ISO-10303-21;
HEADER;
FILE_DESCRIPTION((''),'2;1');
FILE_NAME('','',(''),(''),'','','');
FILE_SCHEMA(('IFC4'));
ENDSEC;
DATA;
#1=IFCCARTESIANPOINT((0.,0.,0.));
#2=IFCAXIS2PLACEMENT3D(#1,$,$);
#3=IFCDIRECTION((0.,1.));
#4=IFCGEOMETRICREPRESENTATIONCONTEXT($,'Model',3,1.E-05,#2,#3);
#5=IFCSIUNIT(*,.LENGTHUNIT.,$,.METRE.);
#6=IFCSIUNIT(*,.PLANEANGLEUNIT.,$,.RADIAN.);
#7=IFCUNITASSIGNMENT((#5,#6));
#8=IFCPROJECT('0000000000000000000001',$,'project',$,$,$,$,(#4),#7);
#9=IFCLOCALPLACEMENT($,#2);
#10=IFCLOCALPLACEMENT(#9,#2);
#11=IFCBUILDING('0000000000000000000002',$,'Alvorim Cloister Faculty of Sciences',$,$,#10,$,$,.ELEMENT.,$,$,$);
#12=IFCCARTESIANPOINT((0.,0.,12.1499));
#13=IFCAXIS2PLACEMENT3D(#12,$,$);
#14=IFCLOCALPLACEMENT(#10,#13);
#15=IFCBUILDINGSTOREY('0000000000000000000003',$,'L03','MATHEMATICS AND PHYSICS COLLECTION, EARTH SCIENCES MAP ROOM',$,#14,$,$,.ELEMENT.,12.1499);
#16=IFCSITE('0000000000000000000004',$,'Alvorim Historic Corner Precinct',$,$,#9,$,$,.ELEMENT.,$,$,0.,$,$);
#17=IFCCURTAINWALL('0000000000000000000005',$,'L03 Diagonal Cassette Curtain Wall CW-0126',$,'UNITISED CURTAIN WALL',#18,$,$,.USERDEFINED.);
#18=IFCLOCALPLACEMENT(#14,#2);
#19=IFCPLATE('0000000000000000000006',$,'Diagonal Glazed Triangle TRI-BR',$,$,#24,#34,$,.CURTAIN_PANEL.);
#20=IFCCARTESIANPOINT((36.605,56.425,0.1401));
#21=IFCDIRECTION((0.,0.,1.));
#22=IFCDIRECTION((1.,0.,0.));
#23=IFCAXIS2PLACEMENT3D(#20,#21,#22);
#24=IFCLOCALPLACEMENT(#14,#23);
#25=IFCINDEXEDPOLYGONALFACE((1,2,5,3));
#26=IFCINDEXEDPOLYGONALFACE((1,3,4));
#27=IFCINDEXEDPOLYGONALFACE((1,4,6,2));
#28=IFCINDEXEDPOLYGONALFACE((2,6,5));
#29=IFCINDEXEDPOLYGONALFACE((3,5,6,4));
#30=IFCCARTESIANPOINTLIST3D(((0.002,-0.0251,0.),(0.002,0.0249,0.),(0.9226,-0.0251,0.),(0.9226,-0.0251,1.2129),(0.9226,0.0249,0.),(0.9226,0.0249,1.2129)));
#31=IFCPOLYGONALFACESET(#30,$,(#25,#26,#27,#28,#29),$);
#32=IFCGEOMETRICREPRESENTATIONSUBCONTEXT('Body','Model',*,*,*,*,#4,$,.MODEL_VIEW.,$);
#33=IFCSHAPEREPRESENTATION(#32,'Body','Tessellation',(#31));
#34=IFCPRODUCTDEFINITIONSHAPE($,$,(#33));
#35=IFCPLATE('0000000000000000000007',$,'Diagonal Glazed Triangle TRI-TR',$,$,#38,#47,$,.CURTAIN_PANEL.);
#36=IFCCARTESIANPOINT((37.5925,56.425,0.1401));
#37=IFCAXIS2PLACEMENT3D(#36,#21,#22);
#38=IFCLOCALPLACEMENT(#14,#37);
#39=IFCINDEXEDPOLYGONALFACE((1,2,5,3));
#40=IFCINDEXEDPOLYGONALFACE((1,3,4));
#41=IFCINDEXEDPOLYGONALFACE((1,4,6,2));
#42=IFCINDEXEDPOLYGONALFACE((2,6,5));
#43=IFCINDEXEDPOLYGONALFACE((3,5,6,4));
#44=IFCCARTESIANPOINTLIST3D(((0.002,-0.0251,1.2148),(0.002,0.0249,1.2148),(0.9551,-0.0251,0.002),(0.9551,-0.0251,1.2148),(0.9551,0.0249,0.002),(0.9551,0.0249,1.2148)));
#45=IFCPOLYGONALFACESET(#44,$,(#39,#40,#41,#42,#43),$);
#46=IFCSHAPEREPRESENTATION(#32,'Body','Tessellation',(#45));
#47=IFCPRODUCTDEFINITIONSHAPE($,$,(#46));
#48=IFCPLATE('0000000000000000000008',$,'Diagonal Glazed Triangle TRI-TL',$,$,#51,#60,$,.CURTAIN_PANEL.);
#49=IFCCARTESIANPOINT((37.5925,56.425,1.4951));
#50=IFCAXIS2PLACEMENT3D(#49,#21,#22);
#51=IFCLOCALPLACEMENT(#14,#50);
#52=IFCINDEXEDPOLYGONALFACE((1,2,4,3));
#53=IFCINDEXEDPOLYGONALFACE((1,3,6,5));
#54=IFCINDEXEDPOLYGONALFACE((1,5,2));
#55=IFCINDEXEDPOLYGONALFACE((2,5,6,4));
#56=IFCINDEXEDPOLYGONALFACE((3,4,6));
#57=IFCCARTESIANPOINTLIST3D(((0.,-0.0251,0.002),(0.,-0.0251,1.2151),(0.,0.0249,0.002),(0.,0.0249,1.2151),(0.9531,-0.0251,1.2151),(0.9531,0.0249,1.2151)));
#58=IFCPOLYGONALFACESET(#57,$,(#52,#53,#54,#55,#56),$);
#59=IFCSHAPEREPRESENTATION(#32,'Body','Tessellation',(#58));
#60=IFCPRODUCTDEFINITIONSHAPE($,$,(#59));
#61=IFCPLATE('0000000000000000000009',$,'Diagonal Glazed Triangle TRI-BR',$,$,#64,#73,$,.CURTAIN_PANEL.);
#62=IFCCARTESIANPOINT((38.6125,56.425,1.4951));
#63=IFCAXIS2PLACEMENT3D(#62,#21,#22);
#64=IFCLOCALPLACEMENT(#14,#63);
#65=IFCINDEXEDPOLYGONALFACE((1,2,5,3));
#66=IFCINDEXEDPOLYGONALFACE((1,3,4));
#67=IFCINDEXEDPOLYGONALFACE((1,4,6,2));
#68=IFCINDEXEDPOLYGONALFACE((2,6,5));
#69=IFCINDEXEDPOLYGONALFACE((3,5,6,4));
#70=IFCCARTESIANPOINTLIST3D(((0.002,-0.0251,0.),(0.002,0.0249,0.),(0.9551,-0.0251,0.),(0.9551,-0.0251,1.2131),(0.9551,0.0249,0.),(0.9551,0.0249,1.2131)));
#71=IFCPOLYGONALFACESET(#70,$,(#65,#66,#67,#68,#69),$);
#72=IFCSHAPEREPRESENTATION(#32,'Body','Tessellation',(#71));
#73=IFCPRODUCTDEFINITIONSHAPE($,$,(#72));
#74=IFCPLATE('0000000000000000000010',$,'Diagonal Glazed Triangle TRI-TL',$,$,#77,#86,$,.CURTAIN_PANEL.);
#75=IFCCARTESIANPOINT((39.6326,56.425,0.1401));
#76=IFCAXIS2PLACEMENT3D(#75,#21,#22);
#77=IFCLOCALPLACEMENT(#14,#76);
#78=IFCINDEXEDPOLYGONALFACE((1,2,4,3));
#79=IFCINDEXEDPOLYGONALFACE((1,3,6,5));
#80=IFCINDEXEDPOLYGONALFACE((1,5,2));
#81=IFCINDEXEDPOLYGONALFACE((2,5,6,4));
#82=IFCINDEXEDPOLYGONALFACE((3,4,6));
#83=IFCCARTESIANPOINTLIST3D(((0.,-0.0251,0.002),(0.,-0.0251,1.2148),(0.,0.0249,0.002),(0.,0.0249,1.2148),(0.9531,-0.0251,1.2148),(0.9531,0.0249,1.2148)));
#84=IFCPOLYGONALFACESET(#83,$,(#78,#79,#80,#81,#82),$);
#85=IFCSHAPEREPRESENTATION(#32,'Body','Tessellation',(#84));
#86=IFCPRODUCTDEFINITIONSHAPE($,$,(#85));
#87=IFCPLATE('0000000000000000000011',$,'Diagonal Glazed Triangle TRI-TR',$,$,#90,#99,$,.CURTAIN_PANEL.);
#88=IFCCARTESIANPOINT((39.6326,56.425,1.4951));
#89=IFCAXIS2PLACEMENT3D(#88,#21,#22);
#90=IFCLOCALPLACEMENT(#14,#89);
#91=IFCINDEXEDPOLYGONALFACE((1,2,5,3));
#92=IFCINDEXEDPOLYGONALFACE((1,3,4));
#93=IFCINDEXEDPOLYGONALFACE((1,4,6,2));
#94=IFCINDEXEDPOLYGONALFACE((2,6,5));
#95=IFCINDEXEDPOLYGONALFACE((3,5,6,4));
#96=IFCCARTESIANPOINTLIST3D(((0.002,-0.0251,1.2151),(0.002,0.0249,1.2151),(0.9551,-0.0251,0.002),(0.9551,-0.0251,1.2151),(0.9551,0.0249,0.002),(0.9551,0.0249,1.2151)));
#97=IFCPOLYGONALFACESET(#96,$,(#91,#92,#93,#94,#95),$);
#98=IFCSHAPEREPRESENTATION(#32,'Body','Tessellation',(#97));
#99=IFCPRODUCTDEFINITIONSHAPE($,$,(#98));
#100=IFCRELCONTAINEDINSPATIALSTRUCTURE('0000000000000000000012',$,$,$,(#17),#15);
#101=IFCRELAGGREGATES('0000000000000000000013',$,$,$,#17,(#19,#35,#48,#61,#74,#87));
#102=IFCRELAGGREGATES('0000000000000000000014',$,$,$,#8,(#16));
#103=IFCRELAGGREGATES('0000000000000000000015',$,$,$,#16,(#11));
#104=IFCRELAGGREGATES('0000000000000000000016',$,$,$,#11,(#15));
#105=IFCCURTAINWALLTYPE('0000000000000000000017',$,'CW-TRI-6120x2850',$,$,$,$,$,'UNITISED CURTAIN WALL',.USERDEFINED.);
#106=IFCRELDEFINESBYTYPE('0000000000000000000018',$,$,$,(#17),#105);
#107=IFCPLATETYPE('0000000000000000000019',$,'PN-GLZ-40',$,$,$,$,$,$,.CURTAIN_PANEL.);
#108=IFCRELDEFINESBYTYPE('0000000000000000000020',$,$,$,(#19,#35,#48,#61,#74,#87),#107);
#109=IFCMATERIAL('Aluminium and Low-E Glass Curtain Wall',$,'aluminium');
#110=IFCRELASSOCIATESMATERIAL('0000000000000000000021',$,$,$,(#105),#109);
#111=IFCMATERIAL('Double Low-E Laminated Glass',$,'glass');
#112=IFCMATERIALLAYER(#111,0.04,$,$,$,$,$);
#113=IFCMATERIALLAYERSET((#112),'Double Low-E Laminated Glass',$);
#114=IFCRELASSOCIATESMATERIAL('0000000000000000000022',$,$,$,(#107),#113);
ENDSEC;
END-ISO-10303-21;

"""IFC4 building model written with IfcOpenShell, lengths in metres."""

from ifc_helpers import new_model, si_unit, direction, frame, origin, place, context, subcontext, project, spatial, polyline, outline, extrude, material, layer, layer_set, type_object, element, aggregate, save


model = new_model("IFC4")

# Units and contexts
model_context = context("Model", 3, precision=1e-05, world=origin(), true_north=direction((0.0, 1.0)))
body_context = subcontext(model_context, "Body", "Model", "MODEL_VIEW")
ifc_project = project(units=[si_unit("LENGTHUNIT", "METRE"), si_unit("PLANEANGLEUNIT", "RADIAN")], contexts=[model_context])

# Site, building, storey
site_placement = place(None, origin())
site = spatial("IfcSite", under=ifc_project, at=site_placement, Name="Alvorim Historic Corner Precinct", CompositionType="ELEMENT", RefElevation=0.0)
building_placement = place(site_placement, origin())
building = spatial("IfcBuilding", under=site, at=building_placement, Name="Alvorim Cloister Faculty of Sciences", CompositionType="ELEMENT")
storey_placement = place(building_placement, frame((0.0, 0.0, 12.1499)))
storey = spatial("IfcBuildingStorey", under=building, at=storey_placement, Name="L03", Description="MATHEMATICS AND PHYSICS COLLECTION, EARTH SCIENCES MAP ROOM", CompositionType="ELEMENT", Elevation=12.1499)

# Curtain wall, plates
ifc_material_1 = material(Name="Aluminium and Low-E Glass Curtain Wall", Category="aluminium")
curtain_wall_type = type_object("IfcCurtainWallType", Name="CW-TRI-6120x2850", ElementType="UNITISED CURTAIN WALL", PredefinedType="USERDEFINED", material=ifc_material_1)
curtain_wall_placement = place(storey_placement, origin())
curtain_wall = element("IfcCurtainWall", 1, at=curtain_wall_placement, inside=storey, type_object=curtain_wall_type, Name="L03 Diagonal Cassette Curtain Wall CW-0126", ObjectType="UNITISED CURTAIN WALL", PredefinedType="USERDEFINED")
ifc_material_2 = material(Name="Double Low-E Laminated Glass", Category="glass")
ifc_layer_1 = layer(ifc_material_2, 0.04)
ifc_layer_set_1 = layer_set([ifc_layer_1], Name="Double Low-E Laminated Glass")
plate_type = type_object("IfcPlateType", Name="PN-GLZ-40", PredefinedType="CURTAIN_PANEL", material=ifc_layer_set_1)
plate_1_placement = place(storey_placement, frame((36.605, 56.425, 0.1401), z_axis=(0.0, 0.0, 1.0), x_axis=(1.0, 0.0, 0.0)))
plate_1 = element("IfcPlate", 2, at=plate_1_placement, type_object=plate_type, Name="Diagonal Glazed Triangle TRI-BR", PredefinedType="CURTAIN_PANEL", context=body_context, shape_type="SweptSolid", body=[
    extrude(outline(polyline([(0.002, 0.0), (0.9226, 0.0), (0.9226, 1.2129), (0.002, 0.0)])), frame((0.0, 0.0249, 0.0), z_axis=(0.0, -1.0, 0.0), x_axis=(1.0, 0.0, 0.0)), (0.0, 0.0, 1.0), 0.05),
])
plate_2_placement = place(storey_placement, frame((37.5925, 56.425, 0.1401), z_axis=(0.0, 0.0, 1.0), x_axis=(1.0, 0.0, 0.0)))
plate_2 = element("IfcPlate", 3, at=plate_2_placement, type_object=plate_type, Name="Diagonal Glazed Triangle TRI-TR", PredefinedType="CURTAIN_PANEL", context=body_context, shape_type="SweptSolid", body=[
    extrude(outline(polyline([(0.9551, 0.002), (0.9551, 1.2148), (0.002, 1.2148), (0.9551, 0.002)])), frame((0.0, 0.0249, 0.0), z_axis=(0.0, -1.0, 0.0), x_axis=(1.0, 0.0, 0.0)), (0.0, 0.0, 1.0), 0.05),
])
plate_3_placement = place(storey_placement, frame((37.5925, 56.425, 1.4951), z_axis=(0.0, 0.0, 1.0), x_axis=(1.0, 0.0, 0.0)))
plate_3 = element("IfcPlate", 4, at=plate_3_placement, type_object=plate_type, Name="Diagonal Glazed Triangle TRI-TL", PredefinedType="CURTAIN_PANEL", context=body_context, shape_type="SweptSolid", body=[
    extrude(outline(polyline([(0.9531, 1.2151), (0.0, 1.2151), (0.0, 0.002), (0.9531, 1.2151)])), frame((0.0, 0.0249, 0.0), z_axis=(0.0, -1.0, 0.0), x_axis=(1.0, 0.0, 0.0)), (0.0, 0.0, 1.0), 0.05),
])
plate_4_placement = place(storey_placement, frame((38.6125, 56.425, 1.4951), z_axis=(0.0, 0.0, 1.0), x_axis=(1.0, 0.0, 0.0)))
plate_4 = element("IfcPlate", 5, at=plate_4_placement, type_object=plate_type, Name="Diagonal Glazed Triangle TRI-BR", PredefinedType="CURTAIN_PANEL", context=body_context, shape_type="SweptSolid", body=[
    extrude(outline(polyline([(0.002, 0.0), (0.9551, 0.0), (0.9551, 1.2131), (0.002, 0.0)])), frame((0.0, 0.0249, 0.0), z_axis=(0.0, -1.0, 0.0), x_axis=(1.0, 0.0, 0.0)), (0.0, 0.0, 1.0), 0.05),
])
plate_5_placement = place(storey_placement, frame((39.6326, 56.425, 0.1401), z_axis=(0.0, 0.0, 1.0), x_axis=(1.0, 0.0, 0.0)))
plate_5 = element("IfcPlate", 6, at=plate_5_placement, type_object=plate_type, Name="Diagonal Glazed Triangle TRI-TL", PredefinedType="CURTAIN_PANEL", context=body_context, shape_type="SweptSolid", body=[
    extrude(outline(polyline([(0.9531, 1.2148), (0.0, 1.2148), (0.0, 0.002), (0.9531, 1.2148)])), frame((0.0, 0.0249, 0.0), z_axis=(0.0, -1.0, 0.0), x_axis=(1.0, 0.0, 0.0)), (0.0, 0.0, 1.0), 0.05),
])
plate_6_placement = place(storey_placement, frame((39.6326, 56.425, 1.4951), z_axis=(0.0, 0.0, 1.0), x_axis=(1.0, 0.0, 0.0)))
plate_6 = element("IfcPlate", 7, at=plate_6_placement, type_object=plate_type, Name="Diagonal Glazed Triangle TRI-TR", PredefinedType="CURTAIN_PANEL", context=body_context, shape_type="SweptSolid", body=[
    extrude(outline(polyline([(0.9551, 0.002), (0.9551, 1.2151), (0.002, 1.2151), (0.9551, 0.002)])), frame((0.0, 0.0249, 0.0), z_axis=(0.0, -1.0, 0.0), x_axis=(1.0, 0.0, 0.0)), (0.0, 0.0, 1.0), 0.05),
])
aggregate(curtain_wall, [plate_1, plate_2, plate_3, plate_4, plate_5, plate_6])

save(model, "model.ifc")
